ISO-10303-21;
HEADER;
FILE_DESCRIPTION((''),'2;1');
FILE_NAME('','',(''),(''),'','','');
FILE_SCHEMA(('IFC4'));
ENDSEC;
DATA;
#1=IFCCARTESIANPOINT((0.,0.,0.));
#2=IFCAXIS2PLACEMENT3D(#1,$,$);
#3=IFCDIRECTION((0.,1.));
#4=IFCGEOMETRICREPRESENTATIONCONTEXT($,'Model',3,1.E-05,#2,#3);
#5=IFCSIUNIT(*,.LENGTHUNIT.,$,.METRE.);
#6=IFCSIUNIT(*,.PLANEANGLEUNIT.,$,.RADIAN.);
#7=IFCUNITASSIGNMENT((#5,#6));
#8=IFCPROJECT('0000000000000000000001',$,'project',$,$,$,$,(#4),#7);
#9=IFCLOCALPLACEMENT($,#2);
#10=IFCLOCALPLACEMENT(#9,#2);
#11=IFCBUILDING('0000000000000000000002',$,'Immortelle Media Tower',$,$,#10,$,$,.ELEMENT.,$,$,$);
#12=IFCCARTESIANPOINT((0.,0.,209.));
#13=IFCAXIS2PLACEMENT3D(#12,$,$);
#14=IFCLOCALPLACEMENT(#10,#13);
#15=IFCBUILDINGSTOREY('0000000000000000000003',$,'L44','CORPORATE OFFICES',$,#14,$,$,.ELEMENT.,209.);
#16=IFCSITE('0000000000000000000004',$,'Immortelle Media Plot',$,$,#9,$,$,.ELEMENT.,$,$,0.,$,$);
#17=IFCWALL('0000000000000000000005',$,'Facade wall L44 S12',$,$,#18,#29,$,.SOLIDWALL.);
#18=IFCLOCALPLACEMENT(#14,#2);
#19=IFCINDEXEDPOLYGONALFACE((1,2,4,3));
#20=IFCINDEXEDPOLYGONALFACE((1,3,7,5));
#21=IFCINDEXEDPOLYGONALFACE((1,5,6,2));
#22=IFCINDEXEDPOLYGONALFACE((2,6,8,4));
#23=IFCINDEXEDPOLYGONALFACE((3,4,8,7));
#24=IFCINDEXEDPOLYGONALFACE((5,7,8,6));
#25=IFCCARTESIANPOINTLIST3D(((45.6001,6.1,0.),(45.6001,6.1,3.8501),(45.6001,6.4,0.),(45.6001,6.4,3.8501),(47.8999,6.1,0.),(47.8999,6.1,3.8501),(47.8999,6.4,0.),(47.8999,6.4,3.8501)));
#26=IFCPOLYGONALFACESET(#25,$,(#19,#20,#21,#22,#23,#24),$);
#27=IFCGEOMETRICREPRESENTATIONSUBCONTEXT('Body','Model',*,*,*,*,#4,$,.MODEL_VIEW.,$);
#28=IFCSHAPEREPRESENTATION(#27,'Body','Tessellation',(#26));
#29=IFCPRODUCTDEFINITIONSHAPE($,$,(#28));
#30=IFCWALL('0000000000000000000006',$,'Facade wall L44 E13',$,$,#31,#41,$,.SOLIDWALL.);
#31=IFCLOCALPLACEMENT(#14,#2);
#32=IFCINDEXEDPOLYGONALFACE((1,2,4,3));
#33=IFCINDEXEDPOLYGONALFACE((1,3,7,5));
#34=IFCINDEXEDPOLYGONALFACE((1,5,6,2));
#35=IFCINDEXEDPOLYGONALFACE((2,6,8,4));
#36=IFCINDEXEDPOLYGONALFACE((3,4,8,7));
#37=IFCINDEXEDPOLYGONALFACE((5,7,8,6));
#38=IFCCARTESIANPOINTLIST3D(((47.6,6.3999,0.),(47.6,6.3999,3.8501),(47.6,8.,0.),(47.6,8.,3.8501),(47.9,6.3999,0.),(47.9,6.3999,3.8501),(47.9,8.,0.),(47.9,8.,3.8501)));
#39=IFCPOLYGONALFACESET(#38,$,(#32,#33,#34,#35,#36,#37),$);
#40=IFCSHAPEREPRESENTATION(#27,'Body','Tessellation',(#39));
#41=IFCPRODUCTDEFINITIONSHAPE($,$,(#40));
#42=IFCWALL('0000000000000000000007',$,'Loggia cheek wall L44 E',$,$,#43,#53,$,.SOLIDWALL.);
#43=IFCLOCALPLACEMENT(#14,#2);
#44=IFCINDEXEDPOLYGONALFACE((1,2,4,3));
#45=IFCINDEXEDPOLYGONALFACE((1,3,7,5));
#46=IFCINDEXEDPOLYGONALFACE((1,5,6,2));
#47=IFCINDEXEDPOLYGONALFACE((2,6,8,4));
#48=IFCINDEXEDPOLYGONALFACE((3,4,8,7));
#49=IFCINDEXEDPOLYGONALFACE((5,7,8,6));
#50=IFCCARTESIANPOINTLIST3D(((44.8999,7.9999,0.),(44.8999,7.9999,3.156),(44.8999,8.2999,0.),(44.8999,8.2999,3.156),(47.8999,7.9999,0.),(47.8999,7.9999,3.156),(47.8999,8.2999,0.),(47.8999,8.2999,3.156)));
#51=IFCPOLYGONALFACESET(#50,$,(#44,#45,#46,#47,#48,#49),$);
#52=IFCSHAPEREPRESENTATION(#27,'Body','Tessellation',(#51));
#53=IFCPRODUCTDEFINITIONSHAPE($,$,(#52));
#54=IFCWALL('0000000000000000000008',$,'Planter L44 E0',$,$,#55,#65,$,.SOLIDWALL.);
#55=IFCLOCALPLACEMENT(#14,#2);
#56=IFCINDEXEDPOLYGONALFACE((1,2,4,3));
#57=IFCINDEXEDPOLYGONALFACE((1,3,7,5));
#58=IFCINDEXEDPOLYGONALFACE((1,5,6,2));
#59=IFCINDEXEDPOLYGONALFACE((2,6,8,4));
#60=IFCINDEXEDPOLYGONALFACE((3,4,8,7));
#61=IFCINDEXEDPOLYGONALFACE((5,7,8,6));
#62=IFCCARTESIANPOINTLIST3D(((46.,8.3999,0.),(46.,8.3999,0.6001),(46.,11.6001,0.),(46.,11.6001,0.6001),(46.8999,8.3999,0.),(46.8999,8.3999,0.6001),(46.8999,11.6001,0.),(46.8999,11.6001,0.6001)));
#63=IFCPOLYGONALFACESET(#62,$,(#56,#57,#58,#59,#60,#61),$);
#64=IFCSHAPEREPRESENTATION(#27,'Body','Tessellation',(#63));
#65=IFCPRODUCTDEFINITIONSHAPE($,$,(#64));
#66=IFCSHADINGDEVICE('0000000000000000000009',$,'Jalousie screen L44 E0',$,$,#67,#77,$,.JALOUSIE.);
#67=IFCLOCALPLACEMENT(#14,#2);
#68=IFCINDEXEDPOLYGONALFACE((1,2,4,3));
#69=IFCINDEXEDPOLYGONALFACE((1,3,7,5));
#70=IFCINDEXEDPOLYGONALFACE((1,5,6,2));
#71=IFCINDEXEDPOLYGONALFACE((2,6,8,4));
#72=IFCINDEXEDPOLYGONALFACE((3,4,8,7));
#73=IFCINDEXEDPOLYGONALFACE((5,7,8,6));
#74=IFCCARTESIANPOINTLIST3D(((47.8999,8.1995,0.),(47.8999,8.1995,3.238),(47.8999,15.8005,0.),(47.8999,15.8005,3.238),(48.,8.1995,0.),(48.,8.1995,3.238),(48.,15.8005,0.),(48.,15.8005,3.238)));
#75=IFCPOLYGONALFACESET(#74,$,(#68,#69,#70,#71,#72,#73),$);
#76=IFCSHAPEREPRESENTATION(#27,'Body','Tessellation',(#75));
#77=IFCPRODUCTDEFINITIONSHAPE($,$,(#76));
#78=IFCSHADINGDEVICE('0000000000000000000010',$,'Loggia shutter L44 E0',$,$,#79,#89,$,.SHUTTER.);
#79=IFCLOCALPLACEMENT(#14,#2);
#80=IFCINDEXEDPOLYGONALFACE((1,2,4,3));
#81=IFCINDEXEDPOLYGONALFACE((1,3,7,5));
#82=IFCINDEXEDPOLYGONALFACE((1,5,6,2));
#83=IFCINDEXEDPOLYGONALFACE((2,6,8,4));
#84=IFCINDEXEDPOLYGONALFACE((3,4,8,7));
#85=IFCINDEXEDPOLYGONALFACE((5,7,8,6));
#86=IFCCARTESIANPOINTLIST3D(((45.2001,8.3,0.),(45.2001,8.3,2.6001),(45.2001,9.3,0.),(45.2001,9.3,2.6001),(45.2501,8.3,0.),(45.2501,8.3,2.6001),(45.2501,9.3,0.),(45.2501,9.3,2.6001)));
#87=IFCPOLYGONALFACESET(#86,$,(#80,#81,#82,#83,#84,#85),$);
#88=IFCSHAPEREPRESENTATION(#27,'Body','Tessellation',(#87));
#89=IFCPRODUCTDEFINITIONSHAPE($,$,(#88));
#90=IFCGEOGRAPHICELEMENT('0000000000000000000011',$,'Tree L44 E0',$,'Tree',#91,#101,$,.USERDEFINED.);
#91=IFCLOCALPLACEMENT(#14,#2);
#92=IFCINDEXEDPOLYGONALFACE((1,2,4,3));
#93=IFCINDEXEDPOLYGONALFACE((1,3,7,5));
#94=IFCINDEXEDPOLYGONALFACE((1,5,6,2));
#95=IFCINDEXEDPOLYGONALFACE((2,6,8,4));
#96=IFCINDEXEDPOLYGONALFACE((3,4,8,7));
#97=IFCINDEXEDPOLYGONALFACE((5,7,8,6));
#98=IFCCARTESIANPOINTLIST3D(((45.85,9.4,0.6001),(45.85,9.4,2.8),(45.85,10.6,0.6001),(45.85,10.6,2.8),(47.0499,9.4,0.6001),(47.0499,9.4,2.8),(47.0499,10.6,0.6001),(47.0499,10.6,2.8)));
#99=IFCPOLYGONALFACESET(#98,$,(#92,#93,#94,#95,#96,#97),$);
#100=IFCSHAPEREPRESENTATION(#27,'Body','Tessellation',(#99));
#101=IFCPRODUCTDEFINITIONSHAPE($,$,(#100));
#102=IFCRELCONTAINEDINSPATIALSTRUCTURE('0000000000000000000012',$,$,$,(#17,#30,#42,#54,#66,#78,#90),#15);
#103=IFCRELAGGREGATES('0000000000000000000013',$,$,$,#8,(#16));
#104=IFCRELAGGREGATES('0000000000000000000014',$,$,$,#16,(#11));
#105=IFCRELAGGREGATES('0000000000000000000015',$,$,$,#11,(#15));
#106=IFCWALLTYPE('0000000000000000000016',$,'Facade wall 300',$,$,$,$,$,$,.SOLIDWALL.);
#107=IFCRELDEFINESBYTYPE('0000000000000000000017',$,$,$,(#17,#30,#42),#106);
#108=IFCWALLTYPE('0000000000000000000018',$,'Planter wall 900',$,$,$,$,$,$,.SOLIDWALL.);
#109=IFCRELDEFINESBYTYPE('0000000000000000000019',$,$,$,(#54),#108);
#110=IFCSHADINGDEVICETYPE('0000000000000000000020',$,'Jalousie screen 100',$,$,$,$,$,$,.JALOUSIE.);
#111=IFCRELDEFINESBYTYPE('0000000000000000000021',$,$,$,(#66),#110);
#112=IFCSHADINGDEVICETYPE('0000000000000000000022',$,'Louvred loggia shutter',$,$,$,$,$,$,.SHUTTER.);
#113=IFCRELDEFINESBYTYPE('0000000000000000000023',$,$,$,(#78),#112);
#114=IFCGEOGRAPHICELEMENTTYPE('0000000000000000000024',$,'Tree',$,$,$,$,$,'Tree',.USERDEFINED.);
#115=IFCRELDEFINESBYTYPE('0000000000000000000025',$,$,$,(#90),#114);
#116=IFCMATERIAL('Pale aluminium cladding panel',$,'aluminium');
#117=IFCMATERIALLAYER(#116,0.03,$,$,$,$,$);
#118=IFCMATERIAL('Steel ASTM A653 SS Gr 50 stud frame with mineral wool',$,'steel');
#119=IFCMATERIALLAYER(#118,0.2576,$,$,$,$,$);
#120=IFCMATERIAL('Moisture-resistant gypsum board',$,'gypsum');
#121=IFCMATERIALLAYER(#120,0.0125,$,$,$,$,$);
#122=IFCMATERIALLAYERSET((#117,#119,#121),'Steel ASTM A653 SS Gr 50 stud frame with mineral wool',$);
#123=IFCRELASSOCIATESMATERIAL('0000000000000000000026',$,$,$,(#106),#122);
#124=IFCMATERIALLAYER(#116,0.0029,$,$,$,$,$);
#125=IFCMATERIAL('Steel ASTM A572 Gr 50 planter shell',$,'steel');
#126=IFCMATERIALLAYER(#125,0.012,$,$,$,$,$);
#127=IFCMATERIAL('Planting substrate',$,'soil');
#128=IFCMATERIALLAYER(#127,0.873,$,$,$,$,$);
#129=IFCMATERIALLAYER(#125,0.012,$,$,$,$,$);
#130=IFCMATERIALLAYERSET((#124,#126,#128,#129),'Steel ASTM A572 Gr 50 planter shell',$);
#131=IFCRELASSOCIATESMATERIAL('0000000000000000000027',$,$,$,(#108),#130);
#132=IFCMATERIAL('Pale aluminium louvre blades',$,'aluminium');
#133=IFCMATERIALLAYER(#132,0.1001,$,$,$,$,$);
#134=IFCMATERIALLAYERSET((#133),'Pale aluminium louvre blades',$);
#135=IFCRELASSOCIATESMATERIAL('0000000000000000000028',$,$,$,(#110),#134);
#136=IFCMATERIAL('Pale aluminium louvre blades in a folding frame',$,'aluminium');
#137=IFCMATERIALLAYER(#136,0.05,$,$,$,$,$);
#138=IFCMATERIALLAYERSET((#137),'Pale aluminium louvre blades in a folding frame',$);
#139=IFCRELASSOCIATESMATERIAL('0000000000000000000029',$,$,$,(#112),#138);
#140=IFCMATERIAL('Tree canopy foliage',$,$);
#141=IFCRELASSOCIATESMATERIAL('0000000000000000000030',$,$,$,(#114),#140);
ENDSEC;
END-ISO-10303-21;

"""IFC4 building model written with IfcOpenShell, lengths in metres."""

from ifc_helpers import new_model, si_unit, direction, frame, frame_2d, origin, origin_2d, place, context, subcontext, project, spatial, rectangle, extrude, material, layer, layer_set, type_object, element, save


model = new_model("IFC4")

# Units and contexts
model_context = context("Model", 3, precision=1e-05, world=origin(), true_north=direction((0.0, 1.0)))
body_context = subcontext(model_context, "Body", "Model", "MODEL_VIEW")
ifc_project = project(units=[si_unit("LENGTHUNIT", "METRE"), si_unit("PLANEANGLEUNIT", "RADIAN")], contexts=[model_context])

# Site, building, storey
site_placement = place(None, origin())
site = spatial("IfcSite", under=ifc_project, at=site_placement, Name="Immortelle Media Plot", CompositionType="ELEMENT", RefElevation=0.0)
building_placement = place(site_placement, origin())
building = spatial("IfcBuilding", under=site, at=building_placement, Name="Immortelle Media Tower", CompositionType="ELEMENT")
storey_placement = place(building_placement, frame((0.0, 0.0, 209.0)))
storey = spatial("IfcBuildingStorey", under=building, at=storey_placement, Name="L44", Description="CORPORATE OFFICES", CompositionType="ELEMENT", Elevation=209.0)

# Walls
ifc_material_1 = material(Name="Pale aluminium cladding panel", Category="aluminium")
ifc_layer_1 = layer(ifc_material_1, 0.03)
ifc_material_2 = material(Name="Steel ASTM A653 SS Gr 50 stud frame with mineral wool", Category="steel")
ifc_layer_2 = layer(ifc_material_2, 0.2576)
ifc_material_3 = material(Name="Moisture-resistant gypsum board", Category="gypsum")
ifc_layer_3 = layer(ifc_material_3, 0.0125)
ifc_layer_set_1 = layer_set([ifc_layer_1, ifc_layer_2, ifc_layer_3], Name="Steel ASTM A653 SS Gr 50 stud frame with mineral wool")
wall_type_1 = type_object("IfcWallType", Name="Facade wall 300", PredefinedType="SOLIDWALL", material=ifc_layer_set_1)
wall_1_placement = place(storey_placement, frame((45.6001, 6.25, 0.0), z_axis=(0.0, 0.0, 1.0), x_axis=(1.0, 0.0, 0.0)))
element("IfcWall", 1, at=wall_1_placement, inside=storey, type_object=wall_type_1, Name="Facade wall L44 S12", PredefinedType="SOLIDWALL", context=body_context, shape_type="SweptSolid", body=[
    extrude(rectangle(XDim=2.2998, YDim=0.3, at=frame_2d((1.1499, 0.0))), origin(), (0.0, 0.0, 1.0), 3.8501),
])
wall_2_placement = place(storey_placement, frame((47.75, 6.3999, 0.0), z_axis=(0.0, 0.0, 1.0), x_axis=(0.0, 1.0, 0.0)))
element("IfcWall", 2, at=wall_2_placement, inside=storey, type_object=wall_type_1, Name="Facade wall L44 E13", PredefinedType="SOLIDWALL", context=body_context, shape_type="SweptSolid", body=[
    extrude(rectangle(XDim=1.6001, YDim=0.3, at=frame_2d((0.8, 0.0))), origin(), (0.0, 0.0, 1.0), 3.8501),
])

# Walls
wall_3_placement = place(storey_placement, frame((47.8999, 8.1499, 0.0), z_axis=(0.0, 0.0, 1.0), x_axis=(-1.0, 0.0, 0.0)))
element("IfcWall", 3, at=wall_3_placement, inside=storey, type_object=wall_type_1, Name="Loggia cheek wall L44 E", PredefinedType="SOLIDWALL", context=body_context, shape_type="SweptSolid", body=[
    extrude(rectangle(XDim=3.0, YDim=0.3, at=frame_2d((1.5, 0.0))), origin(), (0.0, 0.0, 1.0), 3.156),
])
ifc_layer_4 = layer(ifc_material_1, 0.0029)
ifc_material_4 = material(Name="Steel ASTM A572 Gr 50 planter shell", Category="steel")
ifc_layer_5 = layer(ifc_material_4, 0.012)
ifc_material_5 = material(Name="Planting substrate", Category="soil")
ifc_layer_6 = layer(ifc_material_5, 0.873)
ifc_layer_7 = layer(ifc_material_4, 0.012)
ifc_layer_set_2 = layer_set([ifc_layer_4, ifc_layer_5, ifc_layer_6, ifc_layer_7], Name="Steel ASTM A572 Gr 50 planter shell")
wall_type_2 = type_object("IfcWallType", Name="Planter wall 900", PredefinedType="SOLIDWALL", material=ifc_layer_set_2)
wall_4_placement = place(storey_placement, frame((46.45, 8.3999, 0.0), z_axis=(0.0, 0.0, 1.0), x_axis=(0.0, 1.0, 0.0)))
element("IfcWall", 4, at=wall_4_placement, inside=storey, type_object=wall_type_2, Name="Planter L44 E0", PredefinedType="SOLIDWALL", context=body_context, shape_type="SweptSolid", body=[
    extrude(rectangle(XDim=3.2002, YDim=0.8999, at=frame_2d((1.6001, 0.0))), origin(), (0.0, 0.0, 1.0), 0.6001),
])

# Shading devices
ifc_material_6 = material(Name="Pale aluminium louvre blades", Category="aluminium")
ifc_layer_8 = layer(ifc_material_6, 0.1001)
ifc_layer_set_3 = layer_set([ifc_layer_8], Name="Pale aluminium louvre blades")
shading_device_type_1 = type_object("IfcShadingDeviceType", Name="Jalousie screen 100", PredefinedType="JALOUSIE", material=ifc_layer_set_3)
shading_device_1_placement = place(storey_placement, frame((47.95, 12.0, 0.0), z_axis=(0.0, 0.0, 1.0), x_axis=(0.0, 1.0, 0.0)))
element("IfcShadingDevice", 5, at=shading_device_1_placement, inside=storey, type_object=shading_device_type_1, Name="Jalousie screen L44 E0", PredefinedType="JALOUSIE", context=body_context, shape_type="SweptSolid", body=[
    extrude(rectangle(XDim=7.6011, YDim=0.1001, at=origin_2d()), origin(), (0.0, 0.0, 1.0), 3.238),
])
ifc_material_7 = material(Name="Pale aluminium louvre blades in a folding frame", Category="aluminium")
ifc_layer_9 = layer(ifc_material_7, 0.05)
ifc_layer_set_4 = layer_set([ifc_layer_9], Name="Pale aluminium louvre blades in a folding frame")
shading_device_type_2 = type_object("IfcShadingDeviceType", Name="Louvred loggia shutter", PredefinedType="SHUTTER", material=ifc_layer_set_4)
shading_device_2_placement = place(storey_placement, frame((45.2251, 8.8, 0.0), z_axis=(0.0, 0.0, 1.0), x_axis=(0.0, 1.0, 0.0)))
element("IfcShadingDevice", 6, at=shading_device_2_placement, inside=storey, type_object=shading_device_type_2, Name="Loggia shutter L44 E0", PredefinedType="SHUTTER", context=body_context, shape_type="SweptSolid", body=[
    extrude(rectangle(XDim=1.0, YDim=0.05, at=origin_2d()), origin(), (0.0, 0.0, 1.0), 2.6001),
])

# Geographic element
ifc_material_8 = material(Name="Tree canopy foliage")
geographic_element_type = type_object("IfcGeographicElementType", Name="Tree", ElementType="Tree", PredefinedType="USERDEFINED", material=ifc_material_8)
geographic_element_placement = place(storey_placement, frame((46.45, 10.0, 0.6001), z_axis=(0.0, 0.0, 1.0), x_axis=(1.0, 0.0, 0.0)))
element("IfcGeographicElement", 7, at=geographic_element_placement, inside=storey, type_object=geographic_element_type, Name="Tree L44 E0", ObjectType="Tree", PredefinedType="USERDEFINED", context=body_context, shape_type="SweptSolid", body=[
    extrude(rectangle(XDim=1.2, YDim=1.2, at=origin_2d()), origin(), (0.0, 0.0, 1.0), 2.2),
])

save(model, "model.ifc")
